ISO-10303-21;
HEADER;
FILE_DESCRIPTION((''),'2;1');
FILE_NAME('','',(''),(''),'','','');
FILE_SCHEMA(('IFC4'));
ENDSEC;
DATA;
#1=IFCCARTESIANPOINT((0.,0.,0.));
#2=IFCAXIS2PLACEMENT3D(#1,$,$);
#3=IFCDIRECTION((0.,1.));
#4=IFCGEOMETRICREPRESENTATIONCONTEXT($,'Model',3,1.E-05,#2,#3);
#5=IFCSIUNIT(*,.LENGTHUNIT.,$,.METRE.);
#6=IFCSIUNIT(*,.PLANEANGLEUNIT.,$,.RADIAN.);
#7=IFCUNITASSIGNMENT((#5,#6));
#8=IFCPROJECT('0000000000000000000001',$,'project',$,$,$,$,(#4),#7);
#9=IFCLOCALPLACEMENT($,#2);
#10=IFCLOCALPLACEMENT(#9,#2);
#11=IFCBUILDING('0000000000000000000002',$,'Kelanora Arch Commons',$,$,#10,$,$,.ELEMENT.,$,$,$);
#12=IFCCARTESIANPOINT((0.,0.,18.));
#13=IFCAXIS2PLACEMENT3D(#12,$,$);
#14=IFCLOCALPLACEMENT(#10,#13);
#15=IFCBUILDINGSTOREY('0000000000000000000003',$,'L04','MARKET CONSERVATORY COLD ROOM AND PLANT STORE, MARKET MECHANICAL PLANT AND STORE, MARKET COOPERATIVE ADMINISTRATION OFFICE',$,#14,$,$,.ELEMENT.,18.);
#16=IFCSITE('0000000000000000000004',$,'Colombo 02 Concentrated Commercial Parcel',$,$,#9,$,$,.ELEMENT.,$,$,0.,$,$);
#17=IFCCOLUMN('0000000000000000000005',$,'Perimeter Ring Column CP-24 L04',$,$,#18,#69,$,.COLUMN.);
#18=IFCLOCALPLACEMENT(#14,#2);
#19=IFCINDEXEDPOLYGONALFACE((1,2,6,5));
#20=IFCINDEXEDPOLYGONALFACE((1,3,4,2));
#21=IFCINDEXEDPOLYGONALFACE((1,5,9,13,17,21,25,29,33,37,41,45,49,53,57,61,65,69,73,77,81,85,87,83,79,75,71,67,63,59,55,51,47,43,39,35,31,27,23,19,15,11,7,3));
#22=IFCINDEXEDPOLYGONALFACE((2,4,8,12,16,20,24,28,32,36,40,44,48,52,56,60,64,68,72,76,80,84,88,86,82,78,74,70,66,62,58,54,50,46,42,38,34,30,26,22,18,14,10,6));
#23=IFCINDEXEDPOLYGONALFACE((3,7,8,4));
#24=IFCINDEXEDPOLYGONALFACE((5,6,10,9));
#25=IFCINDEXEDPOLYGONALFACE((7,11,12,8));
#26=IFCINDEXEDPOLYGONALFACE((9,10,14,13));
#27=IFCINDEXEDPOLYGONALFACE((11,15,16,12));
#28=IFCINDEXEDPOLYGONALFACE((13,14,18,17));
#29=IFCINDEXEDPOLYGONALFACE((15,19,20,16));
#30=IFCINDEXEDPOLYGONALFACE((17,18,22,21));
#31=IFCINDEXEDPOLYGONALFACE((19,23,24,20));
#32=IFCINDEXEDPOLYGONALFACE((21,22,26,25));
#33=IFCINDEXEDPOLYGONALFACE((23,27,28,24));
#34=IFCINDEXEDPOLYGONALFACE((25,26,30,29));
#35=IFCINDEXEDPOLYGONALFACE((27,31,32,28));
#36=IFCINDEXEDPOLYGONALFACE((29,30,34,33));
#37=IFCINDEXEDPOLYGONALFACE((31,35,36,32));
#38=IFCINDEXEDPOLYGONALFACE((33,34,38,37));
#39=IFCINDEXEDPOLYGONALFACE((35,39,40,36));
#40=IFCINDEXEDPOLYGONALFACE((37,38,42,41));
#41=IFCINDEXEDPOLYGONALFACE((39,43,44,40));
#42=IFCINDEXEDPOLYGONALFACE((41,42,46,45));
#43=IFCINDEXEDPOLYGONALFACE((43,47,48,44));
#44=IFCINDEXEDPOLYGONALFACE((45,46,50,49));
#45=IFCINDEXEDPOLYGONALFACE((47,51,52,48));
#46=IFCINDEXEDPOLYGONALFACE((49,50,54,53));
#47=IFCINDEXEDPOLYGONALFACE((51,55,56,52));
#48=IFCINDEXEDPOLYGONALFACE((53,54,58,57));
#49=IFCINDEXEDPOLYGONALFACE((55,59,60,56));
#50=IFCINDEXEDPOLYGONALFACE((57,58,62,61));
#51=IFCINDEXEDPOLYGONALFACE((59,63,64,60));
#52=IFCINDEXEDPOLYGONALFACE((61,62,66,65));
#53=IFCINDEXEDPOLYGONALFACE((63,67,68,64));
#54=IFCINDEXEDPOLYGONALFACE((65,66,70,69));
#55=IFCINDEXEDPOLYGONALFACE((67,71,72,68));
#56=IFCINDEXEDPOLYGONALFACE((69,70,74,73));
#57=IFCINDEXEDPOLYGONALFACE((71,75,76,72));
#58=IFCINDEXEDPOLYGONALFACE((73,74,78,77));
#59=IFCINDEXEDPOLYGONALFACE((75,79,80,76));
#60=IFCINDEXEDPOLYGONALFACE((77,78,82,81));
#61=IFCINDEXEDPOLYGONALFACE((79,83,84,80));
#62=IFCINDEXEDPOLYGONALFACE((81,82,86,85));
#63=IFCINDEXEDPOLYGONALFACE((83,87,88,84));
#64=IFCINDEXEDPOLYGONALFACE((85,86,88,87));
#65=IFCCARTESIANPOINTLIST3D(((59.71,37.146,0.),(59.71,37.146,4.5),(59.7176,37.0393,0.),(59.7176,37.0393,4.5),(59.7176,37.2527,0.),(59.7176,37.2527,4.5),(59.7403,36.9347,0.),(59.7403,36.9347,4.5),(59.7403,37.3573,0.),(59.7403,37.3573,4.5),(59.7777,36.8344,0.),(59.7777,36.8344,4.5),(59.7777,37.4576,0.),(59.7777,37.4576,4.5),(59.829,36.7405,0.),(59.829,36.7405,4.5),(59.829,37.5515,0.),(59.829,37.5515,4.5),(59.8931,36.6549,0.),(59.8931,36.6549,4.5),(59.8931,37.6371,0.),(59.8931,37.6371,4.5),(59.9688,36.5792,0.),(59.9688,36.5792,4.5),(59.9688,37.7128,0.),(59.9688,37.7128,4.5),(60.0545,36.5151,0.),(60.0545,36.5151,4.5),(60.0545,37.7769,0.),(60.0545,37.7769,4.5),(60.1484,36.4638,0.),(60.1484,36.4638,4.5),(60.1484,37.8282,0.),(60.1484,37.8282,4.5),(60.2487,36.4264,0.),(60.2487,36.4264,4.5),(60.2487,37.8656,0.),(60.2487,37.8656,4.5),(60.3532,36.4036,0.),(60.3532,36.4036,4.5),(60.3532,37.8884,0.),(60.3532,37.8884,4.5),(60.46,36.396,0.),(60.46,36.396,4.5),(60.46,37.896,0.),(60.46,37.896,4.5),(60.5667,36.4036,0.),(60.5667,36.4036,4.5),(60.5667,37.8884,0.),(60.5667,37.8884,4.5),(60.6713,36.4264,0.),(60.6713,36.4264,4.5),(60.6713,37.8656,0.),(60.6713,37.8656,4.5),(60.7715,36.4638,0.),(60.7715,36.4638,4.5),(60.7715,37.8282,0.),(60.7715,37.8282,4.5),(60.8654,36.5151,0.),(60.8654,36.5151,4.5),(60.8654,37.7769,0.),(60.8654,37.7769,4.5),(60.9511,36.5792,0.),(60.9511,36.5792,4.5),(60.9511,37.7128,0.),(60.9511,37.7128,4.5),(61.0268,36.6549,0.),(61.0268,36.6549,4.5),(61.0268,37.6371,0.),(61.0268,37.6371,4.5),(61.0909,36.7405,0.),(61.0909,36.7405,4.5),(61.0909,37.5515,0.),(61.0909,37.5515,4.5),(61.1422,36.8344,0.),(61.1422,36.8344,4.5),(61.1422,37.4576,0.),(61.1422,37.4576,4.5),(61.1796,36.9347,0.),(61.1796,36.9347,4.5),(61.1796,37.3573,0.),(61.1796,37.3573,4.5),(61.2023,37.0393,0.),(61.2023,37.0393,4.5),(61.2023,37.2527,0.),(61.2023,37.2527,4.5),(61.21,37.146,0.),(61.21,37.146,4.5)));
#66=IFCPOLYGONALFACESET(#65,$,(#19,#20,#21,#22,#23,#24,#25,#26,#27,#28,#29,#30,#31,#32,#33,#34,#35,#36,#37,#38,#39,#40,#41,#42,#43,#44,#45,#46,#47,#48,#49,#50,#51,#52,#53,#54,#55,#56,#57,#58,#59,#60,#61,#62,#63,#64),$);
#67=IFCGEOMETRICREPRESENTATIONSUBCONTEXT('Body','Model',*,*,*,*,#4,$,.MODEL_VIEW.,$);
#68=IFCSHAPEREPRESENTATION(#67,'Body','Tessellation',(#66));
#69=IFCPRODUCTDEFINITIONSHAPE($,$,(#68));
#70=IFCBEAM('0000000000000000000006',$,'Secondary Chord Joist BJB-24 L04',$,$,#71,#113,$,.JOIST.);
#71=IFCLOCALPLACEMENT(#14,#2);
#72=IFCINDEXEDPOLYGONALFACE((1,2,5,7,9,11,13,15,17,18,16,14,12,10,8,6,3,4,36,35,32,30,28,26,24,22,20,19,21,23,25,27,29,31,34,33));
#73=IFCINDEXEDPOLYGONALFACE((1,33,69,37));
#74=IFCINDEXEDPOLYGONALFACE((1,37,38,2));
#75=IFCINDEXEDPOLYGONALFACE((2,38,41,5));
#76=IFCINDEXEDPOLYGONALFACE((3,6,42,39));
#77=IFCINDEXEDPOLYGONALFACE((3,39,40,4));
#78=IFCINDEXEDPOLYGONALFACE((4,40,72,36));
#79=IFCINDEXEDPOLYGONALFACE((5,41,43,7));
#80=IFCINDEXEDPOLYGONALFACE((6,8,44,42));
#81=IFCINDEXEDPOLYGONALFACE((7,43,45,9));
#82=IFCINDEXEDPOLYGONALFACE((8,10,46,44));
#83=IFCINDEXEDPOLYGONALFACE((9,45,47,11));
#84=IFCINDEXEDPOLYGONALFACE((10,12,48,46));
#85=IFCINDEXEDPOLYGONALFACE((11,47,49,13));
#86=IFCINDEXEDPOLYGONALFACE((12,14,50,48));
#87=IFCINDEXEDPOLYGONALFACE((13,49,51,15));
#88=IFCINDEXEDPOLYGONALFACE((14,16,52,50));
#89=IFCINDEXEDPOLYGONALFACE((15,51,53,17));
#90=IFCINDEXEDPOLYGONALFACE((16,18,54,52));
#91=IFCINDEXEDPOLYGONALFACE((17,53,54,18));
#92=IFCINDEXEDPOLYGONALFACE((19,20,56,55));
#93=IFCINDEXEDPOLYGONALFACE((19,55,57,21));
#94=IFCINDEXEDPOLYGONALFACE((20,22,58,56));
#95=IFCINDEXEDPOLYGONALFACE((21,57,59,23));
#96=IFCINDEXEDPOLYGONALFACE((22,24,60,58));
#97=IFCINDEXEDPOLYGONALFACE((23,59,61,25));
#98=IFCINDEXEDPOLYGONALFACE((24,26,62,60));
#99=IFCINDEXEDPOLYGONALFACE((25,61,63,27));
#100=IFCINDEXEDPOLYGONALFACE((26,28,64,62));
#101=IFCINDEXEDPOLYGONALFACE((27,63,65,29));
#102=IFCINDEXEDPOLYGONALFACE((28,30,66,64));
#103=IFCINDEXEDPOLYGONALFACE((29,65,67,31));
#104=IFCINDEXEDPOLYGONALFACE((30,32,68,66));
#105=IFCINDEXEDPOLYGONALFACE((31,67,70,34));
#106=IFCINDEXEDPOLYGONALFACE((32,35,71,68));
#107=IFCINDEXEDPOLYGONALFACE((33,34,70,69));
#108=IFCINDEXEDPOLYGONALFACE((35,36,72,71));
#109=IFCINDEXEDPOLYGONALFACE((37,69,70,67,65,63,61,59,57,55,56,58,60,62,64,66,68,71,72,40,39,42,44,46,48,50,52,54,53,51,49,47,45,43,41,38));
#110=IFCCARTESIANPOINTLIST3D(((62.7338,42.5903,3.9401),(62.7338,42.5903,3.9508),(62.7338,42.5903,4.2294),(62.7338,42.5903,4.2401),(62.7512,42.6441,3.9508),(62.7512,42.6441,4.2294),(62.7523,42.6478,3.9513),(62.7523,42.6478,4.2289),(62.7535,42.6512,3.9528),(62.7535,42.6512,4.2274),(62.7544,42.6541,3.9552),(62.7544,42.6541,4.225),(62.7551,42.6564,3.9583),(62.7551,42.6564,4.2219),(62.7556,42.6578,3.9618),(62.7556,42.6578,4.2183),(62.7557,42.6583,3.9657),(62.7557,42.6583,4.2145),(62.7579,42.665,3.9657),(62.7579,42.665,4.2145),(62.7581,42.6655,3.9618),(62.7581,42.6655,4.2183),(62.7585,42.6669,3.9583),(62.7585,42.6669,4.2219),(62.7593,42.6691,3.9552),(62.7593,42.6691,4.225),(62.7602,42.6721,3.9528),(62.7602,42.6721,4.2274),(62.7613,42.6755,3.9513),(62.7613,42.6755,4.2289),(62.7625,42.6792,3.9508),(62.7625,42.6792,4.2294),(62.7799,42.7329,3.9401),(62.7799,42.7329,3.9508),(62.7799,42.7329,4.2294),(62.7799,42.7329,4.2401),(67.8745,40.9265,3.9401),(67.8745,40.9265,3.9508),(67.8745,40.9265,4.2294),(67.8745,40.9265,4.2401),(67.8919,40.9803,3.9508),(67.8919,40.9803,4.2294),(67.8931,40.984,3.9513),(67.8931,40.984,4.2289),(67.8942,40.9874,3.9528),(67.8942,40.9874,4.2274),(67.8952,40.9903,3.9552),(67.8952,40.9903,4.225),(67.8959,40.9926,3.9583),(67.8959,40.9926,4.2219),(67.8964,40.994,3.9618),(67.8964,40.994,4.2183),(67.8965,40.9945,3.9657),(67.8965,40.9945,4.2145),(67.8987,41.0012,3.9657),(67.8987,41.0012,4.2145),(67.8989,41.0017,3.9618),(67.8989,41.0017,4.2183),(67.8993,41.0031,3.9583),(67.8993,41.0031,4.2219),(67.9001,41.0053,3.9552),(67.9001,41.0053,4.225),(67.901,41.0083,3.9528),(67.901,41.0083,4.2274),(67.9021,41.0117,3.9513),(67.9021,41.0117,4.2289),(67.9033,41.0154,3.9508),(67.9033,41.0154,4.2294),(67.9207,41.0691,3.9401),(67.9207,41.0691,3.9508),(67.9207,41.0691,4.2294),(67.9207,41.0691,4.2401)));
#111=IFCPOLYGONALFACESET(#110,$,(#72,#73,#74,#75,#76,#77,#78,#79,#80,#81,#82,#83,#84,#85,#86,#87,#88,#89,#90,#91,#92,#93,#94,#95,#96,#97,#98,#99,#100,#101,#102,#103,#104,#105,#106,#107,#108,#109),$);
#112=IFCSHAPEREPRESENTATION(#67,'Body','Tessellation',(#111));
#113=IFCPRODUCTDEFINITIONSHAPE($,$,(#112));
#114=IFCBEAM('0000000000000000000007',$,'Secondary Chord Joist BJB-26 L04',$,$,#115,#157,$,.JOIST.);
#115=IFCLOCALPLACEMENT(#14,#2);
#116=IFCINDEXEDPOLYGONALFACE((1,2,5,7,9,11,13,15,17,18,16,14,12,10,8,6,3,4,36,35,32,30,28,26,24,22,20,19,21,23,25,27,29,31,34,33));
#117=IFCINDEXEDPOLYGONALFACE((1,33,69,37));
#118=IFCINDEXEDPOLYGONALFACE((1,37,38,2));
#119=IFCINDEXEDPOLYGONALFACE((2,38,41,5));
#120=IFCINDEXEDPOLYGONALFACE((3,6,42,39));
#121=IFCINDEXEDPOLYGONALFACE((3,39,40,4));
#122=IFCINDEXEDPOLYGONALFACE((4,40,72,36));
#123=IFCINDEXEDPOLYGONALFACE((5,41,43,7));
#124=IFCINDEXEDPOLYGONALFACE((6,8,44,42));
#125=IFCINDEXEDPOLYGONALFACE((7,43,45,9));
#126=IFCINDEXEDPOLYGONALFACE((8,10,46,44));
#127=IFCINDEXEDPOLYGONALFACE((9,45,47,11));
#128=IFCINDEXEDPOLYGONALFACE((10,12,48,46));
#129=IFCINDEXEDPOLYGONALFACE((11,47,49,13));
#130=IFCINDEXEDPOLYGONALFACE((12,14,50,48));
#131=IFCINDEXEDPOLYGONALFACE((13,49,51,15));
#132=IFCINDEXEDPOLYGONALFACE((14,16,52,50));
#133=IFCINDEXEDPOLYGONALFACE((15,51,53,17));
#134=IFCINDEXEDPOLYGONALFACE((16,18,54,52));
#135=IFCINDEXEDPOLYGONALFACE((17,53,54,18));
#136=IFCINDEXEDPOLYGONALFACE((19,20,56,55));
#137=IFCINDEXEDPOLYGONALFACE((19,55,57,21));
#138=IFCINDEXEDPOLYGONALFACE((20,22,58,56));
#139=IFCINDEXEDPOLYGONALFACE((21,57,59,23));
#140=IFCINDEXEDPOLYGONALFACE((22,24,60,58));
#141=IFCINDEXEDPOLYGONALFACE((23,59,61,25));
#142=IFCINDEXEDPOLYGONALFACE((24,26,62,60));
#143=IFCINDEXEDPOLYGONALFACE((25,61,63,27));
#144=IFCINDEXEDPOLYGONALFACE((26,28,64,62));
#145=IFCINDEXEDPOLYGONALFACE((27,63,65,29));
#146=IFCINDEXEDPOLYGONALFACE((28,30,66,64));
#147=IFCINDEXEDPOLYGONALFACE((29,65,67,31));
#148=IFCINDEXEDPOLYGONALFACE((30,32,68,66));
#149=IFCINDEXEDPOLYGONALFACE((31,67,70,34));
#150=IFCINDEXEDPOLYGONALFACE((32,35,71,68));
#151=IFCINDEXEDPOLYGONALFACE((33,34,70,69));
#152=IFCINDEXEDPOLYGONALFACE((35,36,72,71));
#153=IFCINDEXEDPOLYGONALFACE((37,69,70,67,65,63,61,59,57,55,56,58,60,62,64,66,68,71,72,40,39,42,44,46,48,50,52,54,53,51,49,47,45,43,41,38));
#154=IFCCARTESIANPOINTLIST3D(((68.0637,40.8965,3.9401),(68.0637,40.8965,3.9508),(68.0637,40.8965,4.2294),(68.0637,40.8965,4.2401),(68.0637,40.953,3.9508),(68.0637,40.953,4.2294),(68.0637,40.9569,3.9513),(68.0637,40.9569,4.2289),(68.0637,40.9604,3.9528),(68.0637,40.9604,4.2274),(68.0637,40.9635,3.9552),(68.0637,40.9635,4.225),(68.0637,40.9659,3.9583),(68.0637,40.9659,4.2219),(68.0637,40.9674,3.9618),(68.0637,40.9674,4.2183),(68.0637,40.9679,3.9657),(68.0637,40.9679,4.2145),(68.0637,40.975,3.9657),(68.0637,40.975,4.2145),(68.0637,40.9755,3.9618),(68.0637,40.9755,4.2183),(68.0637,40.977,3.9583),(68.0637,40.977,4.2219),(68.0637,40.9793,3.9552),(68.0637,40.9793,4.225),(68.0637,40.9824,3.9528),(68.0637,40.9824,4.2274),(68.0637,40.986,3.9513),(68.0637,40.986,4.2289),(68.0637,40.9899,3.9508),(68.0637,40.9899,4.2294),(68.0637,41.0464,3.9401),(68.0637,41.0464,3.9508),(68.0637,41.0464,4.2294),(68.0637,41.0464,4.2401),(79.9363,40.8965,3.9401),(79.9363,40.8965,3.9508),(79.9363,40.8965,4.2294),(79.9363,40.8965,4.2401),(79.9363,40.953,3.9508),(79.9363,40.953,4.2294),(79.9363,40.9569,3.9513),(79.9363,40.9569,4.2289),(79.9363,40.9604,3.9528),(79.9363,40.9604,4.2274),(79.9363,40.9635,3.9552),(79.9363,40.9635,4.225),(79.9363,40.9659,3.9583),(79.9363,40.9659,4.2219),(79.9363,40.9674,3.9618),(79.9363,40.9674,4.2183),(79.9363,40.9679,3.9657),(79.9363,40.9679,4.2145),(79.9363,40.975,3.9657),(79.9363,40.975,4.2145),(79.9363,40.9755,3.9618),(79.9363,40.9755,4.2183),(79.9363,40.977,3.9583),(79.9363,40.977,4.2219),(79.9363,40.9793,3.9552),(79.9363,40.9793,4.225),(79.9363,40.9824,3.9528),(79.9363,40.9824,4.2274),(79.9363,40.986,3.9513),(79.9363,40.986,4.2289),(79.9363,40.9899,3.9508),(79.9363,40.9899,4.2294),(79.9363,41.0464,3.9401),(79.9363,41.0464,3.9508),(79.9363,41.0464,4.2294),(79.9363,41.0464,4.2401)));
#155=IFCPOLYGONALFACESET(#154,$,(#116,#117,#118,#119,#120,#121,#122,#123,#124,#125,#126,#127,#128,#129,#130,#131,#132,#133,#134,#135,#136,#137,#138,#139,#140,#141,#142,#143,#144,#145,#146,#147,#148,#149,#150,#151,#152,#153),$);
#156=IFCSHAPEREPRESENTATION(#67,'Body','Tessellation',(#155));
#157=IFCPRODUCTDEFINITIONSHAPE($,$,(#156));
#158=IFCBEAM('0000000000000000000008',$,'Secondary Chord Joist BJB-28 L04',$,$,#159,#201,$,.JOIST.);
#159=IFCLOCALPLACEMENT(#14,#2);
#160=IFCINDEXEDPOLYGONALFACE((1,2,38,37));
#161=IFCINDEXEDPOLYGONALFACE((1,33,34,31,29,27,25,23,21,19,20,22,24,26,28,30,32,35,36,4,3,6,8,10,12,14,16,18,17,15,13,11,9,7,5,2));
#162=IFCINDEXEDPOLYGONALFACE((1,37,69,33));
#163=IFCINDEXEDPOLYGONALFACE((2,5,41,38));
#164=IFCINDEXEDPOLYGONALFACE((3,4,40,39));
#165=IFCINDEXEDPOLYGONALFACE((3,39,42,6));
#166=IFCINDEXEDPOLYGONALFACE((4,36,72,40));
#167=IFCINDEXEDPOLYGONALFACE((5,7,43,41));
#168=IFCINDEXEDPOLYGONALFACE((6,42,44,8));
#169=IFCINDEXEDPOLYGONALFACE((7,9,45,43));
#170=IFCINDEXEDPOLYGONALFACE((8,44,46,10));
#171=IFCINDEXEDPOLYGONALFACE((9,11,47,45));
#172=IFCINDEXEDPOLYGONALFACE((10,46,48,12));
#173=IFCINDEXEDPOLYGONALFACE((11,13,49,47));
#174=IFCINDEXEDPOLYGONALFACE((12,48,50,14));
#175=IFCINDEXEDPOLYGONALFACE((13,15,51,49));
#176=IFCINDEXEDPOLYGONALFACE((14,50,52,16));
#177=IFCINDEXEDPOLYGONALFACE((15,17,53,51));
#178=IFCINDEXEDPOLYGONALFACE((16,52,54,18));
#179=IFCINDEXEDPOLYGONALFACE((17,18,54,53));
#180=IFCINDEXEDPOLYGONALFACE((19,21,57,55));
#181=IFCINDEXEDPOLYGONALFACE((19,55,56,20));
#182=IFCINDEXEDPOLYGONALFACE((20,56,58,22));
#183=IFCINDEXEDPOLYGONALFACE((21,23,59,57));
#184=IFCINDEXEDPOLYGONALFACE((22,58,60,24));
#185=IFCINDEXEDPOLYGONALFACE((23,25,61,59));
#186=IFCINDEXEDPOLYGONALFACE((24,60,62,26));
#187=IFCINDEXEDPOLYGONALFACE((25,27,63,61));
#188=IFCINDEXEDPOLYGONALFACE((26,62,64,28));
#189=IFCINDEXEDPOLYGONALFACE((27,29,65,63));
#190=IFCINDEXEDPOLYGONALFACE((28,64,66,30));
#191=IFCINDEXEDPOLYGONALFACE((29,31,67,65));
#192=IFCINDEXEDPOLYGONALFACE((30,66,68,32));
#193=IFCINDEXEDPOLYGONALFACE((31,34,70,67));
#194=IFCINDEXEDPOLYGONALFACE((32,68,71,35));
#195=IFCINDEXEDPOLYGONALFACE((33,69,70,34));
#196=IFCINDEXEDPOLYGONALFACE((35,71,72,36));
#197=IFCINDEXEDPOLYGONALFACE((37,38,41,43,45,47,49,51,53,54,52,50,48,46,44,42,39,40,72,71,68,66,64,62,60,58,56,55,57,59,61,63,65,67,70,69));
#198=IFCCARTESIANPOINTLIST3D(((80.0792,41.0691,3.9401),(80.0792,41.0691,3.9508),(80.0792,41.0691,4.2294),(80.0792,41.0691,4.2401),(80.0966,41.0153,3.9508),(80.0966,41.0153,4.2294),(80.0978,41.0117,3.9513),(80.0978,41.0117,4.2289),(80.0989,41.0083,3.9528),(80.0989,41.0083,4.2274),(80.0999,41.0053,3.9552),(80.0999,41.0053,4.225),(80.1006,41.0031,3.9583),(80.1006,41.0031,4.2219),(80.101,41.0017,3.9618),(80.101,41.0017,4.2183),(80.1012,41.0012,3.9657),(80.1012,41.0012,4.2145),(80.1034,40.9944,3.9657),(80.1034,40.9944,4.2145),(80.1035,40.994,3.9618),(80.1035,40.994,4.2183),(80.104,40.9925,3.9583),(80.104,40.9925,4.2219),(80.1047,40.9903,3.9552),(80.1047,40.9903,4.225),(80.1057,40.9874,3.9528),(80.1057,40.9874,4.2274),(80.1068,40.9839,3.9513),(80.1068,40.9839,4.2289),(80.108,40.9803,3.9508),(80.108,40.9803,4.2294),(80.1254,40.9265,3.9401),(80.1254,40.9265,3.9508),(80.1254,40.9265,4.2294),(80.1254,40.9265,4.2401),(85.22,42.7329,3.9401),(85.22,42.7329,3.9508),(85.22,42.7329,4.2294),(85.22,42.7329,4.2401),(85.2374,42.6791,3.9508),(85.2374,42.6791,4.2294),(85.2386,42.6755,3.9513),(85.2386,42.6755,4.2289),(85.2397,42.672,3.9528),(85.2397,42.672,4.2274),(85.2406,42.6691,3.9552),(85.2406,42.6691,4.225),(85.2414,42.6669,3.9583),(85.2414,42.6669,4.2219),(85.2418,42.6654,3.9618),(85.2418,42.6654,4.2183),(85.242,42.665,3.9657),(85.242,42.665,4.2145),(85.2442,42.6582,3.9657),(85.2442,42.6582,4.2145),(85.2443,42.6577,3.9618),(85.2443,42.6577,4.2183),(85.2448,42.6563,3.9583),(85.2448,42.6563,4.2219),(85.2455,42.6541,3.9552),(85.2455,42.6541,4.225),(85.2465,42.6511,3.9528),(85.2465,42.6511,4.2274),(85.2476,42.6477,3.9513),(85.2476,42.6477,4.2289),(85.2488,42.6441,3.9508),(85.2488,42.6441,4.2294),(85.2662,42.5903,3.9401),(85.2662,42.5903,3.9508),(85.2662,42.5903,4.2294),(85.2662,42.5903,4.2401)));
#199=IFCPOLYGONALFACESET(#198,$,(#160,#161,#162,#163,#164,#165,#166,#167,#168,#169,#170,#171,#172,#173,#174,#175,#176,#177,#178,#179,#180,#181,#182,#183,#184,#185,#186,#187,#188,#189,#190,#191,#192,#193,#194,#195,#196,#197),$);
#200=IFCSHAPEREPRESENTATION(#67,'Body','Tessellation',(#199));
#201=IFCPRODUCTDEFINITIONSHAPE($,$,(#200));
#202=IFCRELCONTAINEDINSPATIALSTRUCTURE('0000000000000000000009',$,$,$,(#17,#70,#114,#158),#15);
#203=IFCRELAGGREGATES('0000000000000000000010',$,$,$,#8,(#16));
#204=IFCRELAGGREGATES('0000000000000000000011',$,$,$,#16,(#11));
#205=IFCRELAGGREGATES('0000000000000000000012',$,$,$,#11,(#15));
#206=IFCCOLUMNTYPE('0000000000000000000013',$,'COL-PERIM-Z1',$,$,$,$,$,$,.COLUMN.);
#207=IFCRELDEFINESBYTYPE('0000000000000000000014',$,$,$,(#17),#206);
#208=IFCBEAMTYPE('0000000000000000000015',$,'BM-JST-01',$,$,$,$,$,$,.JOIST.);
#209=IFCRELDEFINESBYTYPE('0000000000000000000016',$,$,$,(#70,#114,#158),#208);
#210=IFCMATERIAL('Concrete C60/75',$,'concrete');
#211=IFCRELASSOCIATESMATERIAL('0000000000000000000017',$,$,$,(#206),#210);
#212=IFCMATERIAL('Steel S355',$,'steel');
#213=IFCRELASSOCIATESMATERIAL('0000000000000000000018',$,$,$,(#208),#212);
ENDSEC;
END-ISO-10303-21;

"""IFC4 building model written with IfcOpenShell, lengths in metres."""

from ifc_helpers import new_model, si_unit, direction, frame, origin, origin_2d, place, context, subcontext, project, spatial, circle, i_section, extrude, material, material_profile, profile_set, type_object, element, save


model = new_model("IFC4")

# Units and contexts
model_context = context("Model", 3, precision=1e-05, world=origin(), true_north=direction((0.0, 1.0)))
body_context = subcontext(model_context, "Body", "Model", "MODEL_VIEW")
ifc_project = project(units=[si_unit("LENGTHUNIT", "METRE"), si_unit("PLANEANGLEUNIT", "RADIAN")], contexts=[model_context])

# Site, building, storey
site_placement = place(None, origin())
site = spatial("IfcSite", under=ifc_project, at=site_placement, Name="Colombo 02 Concentrated Commercial Parcel", CompositionType="ELEMENT", RefElevation=0.0)
building_placement = place(site_placement, origin())
building = spatial("IfcBuilding", under=site, at=building_placement, Name="Kelanora Arch Commons", CompositionType="ELEMENT")
storey_placement = place(building_placement, frame((0.0, 0.0, 18.0)))
storey = spatial("IfcBuildingStorey", under=building, at=storey_placement, Name="L04", Description="MARKET CONSERVATORY COLD ROOM AND PLANT STORE, MARKET MECHANICAL PLANT AND STORE, MARKET COOPERATIVE ADMINISTRATION OFFICE", CompositionType="ELEMENT", Elevation=18.0)

# Column
ifc_material_1 = material(Name="Concrete C60/75", Category="concrete")
ifc_material_profile_1 = material_profile(ifc_material_1, circle(Radius=0.75, at=origin_2d()), Name="RCC1500")
ifc_profile_set_1 = profile_set([ifc_material_profile_1], Name="Concrete C60/75")
column_type = type_object("IfcColumnType", Name="COL-PERIM-Z1", PredefinedType="COLUMN", material=ifc_profile_set_1)
column_placement = place(storey_placement, frame((60.46, 37.146, 0.0), z_axis=(0.0, 0.0, 1.0), x_axis=(1.0, 0.0, 0.0)))
element("IfcColumn", 1, at=column_placement, inside=storey, type_object=column_type, Name="Perimeter Ring Column CP-24 L04", PredefinedType="COLUMN", context=body_context, shape_type="SweptSolid", body=[
    extrude(circle(Radius=0.75, at=origin_2d()), origin(), (0.0, 0.0, 1.0), 4.5),
])

# Beams
ifc_material_2 = material(Name="Steel S355", Category="steel")
ifc_material_profile_2 = material_profile(ifc_material_2, i_section(OverallWidth=0.1499, OverallDepth=0.3, WebThickness=0.0071, FlangeThickness=0.0107, FilletRadius=0.0149, at=origin_2d()), Name="IPE300")
ifc_profile_set_2 = profile_set([ifc_material_profile_2], Name="Steel S355")
beam_type_1 = type_object("IfcBeamType", Name="BM-JST-01", PredefinedType="JOIST", material=ifc_profile_set_2)
beam_1_placement = place(storey_placement, frame((62.7568, 42.6616, 4.0901), z_axis=(0.951412, -0.30792, 0.0), x_axis=(0.30792, 0.951412, 0.0)))
element("IfcBeam", 2, at=beam_1_placement, inside=storey, type_object=beam_type_1, Name="Secondary Chord Joist BJB-24 L04", PredefinedType="JOIST", context=body_context, shape_type="SweptSolid", body=[
    extrude(i_section(OverallWidth=0.1499, OverallDepth=0.3, WebThickness=0.0071, FlangeThickness=0.0107, FilletRadius=0.0149, at=origin_2d()), origin(), (0.0, 0.0, 1.0), 5.4033),
])
beam_2_placement = place(storey_placement, frame((68.0637, 40.9714, 4.0901), z_axis=(1.0, 0.0, 0.0), x_axis=(0.0, 1.0, 0.0)))
element("IfcBeam", 3, at=beam_2_placement, inside=storey, type_object=beam_type_1, Name="Secondary Chord Joist BJB-26 L04", PredefinedType="JOIST", context=body_context, shape_type="SweptSolid", body=[
    extrude(i_section(OverallWidth=0.1499, OverallDepth=0.3, WebThickness=0.0071, FlangeThickness=0.0107, FilletRadius=0.0149, at=origin_2d()), origin(), (0.0, 0.0, 1.0), 11.8726),
])
beam_3_placement = place(storey_placement, frame((80.1023, 40.9978, 4.0901), z_axis=(0.951412, 0.30792, 0.0), x_axis=(-0.30792, 0.951412, 0.0)))
element("IfcBeam", 4, at=beam_3_placement, inside=storey, type_object=beam_type_1, Name="Secondary Chord Joist BJB-28 L04", PredefinedType="JOIST", context=body_context, shape_type="SweptSolid", body=[
    extrude(i_section(OverallWidth=0.1499, OverallDepth=0.3, WebThickness=0.0071, FlangeThickness=0.0107, FilletRadius=0.0149, at=origin_2d()), origin(), (0.0, 0.0, 1.0), 5.4033),
])

save(model, "model.ifc")
